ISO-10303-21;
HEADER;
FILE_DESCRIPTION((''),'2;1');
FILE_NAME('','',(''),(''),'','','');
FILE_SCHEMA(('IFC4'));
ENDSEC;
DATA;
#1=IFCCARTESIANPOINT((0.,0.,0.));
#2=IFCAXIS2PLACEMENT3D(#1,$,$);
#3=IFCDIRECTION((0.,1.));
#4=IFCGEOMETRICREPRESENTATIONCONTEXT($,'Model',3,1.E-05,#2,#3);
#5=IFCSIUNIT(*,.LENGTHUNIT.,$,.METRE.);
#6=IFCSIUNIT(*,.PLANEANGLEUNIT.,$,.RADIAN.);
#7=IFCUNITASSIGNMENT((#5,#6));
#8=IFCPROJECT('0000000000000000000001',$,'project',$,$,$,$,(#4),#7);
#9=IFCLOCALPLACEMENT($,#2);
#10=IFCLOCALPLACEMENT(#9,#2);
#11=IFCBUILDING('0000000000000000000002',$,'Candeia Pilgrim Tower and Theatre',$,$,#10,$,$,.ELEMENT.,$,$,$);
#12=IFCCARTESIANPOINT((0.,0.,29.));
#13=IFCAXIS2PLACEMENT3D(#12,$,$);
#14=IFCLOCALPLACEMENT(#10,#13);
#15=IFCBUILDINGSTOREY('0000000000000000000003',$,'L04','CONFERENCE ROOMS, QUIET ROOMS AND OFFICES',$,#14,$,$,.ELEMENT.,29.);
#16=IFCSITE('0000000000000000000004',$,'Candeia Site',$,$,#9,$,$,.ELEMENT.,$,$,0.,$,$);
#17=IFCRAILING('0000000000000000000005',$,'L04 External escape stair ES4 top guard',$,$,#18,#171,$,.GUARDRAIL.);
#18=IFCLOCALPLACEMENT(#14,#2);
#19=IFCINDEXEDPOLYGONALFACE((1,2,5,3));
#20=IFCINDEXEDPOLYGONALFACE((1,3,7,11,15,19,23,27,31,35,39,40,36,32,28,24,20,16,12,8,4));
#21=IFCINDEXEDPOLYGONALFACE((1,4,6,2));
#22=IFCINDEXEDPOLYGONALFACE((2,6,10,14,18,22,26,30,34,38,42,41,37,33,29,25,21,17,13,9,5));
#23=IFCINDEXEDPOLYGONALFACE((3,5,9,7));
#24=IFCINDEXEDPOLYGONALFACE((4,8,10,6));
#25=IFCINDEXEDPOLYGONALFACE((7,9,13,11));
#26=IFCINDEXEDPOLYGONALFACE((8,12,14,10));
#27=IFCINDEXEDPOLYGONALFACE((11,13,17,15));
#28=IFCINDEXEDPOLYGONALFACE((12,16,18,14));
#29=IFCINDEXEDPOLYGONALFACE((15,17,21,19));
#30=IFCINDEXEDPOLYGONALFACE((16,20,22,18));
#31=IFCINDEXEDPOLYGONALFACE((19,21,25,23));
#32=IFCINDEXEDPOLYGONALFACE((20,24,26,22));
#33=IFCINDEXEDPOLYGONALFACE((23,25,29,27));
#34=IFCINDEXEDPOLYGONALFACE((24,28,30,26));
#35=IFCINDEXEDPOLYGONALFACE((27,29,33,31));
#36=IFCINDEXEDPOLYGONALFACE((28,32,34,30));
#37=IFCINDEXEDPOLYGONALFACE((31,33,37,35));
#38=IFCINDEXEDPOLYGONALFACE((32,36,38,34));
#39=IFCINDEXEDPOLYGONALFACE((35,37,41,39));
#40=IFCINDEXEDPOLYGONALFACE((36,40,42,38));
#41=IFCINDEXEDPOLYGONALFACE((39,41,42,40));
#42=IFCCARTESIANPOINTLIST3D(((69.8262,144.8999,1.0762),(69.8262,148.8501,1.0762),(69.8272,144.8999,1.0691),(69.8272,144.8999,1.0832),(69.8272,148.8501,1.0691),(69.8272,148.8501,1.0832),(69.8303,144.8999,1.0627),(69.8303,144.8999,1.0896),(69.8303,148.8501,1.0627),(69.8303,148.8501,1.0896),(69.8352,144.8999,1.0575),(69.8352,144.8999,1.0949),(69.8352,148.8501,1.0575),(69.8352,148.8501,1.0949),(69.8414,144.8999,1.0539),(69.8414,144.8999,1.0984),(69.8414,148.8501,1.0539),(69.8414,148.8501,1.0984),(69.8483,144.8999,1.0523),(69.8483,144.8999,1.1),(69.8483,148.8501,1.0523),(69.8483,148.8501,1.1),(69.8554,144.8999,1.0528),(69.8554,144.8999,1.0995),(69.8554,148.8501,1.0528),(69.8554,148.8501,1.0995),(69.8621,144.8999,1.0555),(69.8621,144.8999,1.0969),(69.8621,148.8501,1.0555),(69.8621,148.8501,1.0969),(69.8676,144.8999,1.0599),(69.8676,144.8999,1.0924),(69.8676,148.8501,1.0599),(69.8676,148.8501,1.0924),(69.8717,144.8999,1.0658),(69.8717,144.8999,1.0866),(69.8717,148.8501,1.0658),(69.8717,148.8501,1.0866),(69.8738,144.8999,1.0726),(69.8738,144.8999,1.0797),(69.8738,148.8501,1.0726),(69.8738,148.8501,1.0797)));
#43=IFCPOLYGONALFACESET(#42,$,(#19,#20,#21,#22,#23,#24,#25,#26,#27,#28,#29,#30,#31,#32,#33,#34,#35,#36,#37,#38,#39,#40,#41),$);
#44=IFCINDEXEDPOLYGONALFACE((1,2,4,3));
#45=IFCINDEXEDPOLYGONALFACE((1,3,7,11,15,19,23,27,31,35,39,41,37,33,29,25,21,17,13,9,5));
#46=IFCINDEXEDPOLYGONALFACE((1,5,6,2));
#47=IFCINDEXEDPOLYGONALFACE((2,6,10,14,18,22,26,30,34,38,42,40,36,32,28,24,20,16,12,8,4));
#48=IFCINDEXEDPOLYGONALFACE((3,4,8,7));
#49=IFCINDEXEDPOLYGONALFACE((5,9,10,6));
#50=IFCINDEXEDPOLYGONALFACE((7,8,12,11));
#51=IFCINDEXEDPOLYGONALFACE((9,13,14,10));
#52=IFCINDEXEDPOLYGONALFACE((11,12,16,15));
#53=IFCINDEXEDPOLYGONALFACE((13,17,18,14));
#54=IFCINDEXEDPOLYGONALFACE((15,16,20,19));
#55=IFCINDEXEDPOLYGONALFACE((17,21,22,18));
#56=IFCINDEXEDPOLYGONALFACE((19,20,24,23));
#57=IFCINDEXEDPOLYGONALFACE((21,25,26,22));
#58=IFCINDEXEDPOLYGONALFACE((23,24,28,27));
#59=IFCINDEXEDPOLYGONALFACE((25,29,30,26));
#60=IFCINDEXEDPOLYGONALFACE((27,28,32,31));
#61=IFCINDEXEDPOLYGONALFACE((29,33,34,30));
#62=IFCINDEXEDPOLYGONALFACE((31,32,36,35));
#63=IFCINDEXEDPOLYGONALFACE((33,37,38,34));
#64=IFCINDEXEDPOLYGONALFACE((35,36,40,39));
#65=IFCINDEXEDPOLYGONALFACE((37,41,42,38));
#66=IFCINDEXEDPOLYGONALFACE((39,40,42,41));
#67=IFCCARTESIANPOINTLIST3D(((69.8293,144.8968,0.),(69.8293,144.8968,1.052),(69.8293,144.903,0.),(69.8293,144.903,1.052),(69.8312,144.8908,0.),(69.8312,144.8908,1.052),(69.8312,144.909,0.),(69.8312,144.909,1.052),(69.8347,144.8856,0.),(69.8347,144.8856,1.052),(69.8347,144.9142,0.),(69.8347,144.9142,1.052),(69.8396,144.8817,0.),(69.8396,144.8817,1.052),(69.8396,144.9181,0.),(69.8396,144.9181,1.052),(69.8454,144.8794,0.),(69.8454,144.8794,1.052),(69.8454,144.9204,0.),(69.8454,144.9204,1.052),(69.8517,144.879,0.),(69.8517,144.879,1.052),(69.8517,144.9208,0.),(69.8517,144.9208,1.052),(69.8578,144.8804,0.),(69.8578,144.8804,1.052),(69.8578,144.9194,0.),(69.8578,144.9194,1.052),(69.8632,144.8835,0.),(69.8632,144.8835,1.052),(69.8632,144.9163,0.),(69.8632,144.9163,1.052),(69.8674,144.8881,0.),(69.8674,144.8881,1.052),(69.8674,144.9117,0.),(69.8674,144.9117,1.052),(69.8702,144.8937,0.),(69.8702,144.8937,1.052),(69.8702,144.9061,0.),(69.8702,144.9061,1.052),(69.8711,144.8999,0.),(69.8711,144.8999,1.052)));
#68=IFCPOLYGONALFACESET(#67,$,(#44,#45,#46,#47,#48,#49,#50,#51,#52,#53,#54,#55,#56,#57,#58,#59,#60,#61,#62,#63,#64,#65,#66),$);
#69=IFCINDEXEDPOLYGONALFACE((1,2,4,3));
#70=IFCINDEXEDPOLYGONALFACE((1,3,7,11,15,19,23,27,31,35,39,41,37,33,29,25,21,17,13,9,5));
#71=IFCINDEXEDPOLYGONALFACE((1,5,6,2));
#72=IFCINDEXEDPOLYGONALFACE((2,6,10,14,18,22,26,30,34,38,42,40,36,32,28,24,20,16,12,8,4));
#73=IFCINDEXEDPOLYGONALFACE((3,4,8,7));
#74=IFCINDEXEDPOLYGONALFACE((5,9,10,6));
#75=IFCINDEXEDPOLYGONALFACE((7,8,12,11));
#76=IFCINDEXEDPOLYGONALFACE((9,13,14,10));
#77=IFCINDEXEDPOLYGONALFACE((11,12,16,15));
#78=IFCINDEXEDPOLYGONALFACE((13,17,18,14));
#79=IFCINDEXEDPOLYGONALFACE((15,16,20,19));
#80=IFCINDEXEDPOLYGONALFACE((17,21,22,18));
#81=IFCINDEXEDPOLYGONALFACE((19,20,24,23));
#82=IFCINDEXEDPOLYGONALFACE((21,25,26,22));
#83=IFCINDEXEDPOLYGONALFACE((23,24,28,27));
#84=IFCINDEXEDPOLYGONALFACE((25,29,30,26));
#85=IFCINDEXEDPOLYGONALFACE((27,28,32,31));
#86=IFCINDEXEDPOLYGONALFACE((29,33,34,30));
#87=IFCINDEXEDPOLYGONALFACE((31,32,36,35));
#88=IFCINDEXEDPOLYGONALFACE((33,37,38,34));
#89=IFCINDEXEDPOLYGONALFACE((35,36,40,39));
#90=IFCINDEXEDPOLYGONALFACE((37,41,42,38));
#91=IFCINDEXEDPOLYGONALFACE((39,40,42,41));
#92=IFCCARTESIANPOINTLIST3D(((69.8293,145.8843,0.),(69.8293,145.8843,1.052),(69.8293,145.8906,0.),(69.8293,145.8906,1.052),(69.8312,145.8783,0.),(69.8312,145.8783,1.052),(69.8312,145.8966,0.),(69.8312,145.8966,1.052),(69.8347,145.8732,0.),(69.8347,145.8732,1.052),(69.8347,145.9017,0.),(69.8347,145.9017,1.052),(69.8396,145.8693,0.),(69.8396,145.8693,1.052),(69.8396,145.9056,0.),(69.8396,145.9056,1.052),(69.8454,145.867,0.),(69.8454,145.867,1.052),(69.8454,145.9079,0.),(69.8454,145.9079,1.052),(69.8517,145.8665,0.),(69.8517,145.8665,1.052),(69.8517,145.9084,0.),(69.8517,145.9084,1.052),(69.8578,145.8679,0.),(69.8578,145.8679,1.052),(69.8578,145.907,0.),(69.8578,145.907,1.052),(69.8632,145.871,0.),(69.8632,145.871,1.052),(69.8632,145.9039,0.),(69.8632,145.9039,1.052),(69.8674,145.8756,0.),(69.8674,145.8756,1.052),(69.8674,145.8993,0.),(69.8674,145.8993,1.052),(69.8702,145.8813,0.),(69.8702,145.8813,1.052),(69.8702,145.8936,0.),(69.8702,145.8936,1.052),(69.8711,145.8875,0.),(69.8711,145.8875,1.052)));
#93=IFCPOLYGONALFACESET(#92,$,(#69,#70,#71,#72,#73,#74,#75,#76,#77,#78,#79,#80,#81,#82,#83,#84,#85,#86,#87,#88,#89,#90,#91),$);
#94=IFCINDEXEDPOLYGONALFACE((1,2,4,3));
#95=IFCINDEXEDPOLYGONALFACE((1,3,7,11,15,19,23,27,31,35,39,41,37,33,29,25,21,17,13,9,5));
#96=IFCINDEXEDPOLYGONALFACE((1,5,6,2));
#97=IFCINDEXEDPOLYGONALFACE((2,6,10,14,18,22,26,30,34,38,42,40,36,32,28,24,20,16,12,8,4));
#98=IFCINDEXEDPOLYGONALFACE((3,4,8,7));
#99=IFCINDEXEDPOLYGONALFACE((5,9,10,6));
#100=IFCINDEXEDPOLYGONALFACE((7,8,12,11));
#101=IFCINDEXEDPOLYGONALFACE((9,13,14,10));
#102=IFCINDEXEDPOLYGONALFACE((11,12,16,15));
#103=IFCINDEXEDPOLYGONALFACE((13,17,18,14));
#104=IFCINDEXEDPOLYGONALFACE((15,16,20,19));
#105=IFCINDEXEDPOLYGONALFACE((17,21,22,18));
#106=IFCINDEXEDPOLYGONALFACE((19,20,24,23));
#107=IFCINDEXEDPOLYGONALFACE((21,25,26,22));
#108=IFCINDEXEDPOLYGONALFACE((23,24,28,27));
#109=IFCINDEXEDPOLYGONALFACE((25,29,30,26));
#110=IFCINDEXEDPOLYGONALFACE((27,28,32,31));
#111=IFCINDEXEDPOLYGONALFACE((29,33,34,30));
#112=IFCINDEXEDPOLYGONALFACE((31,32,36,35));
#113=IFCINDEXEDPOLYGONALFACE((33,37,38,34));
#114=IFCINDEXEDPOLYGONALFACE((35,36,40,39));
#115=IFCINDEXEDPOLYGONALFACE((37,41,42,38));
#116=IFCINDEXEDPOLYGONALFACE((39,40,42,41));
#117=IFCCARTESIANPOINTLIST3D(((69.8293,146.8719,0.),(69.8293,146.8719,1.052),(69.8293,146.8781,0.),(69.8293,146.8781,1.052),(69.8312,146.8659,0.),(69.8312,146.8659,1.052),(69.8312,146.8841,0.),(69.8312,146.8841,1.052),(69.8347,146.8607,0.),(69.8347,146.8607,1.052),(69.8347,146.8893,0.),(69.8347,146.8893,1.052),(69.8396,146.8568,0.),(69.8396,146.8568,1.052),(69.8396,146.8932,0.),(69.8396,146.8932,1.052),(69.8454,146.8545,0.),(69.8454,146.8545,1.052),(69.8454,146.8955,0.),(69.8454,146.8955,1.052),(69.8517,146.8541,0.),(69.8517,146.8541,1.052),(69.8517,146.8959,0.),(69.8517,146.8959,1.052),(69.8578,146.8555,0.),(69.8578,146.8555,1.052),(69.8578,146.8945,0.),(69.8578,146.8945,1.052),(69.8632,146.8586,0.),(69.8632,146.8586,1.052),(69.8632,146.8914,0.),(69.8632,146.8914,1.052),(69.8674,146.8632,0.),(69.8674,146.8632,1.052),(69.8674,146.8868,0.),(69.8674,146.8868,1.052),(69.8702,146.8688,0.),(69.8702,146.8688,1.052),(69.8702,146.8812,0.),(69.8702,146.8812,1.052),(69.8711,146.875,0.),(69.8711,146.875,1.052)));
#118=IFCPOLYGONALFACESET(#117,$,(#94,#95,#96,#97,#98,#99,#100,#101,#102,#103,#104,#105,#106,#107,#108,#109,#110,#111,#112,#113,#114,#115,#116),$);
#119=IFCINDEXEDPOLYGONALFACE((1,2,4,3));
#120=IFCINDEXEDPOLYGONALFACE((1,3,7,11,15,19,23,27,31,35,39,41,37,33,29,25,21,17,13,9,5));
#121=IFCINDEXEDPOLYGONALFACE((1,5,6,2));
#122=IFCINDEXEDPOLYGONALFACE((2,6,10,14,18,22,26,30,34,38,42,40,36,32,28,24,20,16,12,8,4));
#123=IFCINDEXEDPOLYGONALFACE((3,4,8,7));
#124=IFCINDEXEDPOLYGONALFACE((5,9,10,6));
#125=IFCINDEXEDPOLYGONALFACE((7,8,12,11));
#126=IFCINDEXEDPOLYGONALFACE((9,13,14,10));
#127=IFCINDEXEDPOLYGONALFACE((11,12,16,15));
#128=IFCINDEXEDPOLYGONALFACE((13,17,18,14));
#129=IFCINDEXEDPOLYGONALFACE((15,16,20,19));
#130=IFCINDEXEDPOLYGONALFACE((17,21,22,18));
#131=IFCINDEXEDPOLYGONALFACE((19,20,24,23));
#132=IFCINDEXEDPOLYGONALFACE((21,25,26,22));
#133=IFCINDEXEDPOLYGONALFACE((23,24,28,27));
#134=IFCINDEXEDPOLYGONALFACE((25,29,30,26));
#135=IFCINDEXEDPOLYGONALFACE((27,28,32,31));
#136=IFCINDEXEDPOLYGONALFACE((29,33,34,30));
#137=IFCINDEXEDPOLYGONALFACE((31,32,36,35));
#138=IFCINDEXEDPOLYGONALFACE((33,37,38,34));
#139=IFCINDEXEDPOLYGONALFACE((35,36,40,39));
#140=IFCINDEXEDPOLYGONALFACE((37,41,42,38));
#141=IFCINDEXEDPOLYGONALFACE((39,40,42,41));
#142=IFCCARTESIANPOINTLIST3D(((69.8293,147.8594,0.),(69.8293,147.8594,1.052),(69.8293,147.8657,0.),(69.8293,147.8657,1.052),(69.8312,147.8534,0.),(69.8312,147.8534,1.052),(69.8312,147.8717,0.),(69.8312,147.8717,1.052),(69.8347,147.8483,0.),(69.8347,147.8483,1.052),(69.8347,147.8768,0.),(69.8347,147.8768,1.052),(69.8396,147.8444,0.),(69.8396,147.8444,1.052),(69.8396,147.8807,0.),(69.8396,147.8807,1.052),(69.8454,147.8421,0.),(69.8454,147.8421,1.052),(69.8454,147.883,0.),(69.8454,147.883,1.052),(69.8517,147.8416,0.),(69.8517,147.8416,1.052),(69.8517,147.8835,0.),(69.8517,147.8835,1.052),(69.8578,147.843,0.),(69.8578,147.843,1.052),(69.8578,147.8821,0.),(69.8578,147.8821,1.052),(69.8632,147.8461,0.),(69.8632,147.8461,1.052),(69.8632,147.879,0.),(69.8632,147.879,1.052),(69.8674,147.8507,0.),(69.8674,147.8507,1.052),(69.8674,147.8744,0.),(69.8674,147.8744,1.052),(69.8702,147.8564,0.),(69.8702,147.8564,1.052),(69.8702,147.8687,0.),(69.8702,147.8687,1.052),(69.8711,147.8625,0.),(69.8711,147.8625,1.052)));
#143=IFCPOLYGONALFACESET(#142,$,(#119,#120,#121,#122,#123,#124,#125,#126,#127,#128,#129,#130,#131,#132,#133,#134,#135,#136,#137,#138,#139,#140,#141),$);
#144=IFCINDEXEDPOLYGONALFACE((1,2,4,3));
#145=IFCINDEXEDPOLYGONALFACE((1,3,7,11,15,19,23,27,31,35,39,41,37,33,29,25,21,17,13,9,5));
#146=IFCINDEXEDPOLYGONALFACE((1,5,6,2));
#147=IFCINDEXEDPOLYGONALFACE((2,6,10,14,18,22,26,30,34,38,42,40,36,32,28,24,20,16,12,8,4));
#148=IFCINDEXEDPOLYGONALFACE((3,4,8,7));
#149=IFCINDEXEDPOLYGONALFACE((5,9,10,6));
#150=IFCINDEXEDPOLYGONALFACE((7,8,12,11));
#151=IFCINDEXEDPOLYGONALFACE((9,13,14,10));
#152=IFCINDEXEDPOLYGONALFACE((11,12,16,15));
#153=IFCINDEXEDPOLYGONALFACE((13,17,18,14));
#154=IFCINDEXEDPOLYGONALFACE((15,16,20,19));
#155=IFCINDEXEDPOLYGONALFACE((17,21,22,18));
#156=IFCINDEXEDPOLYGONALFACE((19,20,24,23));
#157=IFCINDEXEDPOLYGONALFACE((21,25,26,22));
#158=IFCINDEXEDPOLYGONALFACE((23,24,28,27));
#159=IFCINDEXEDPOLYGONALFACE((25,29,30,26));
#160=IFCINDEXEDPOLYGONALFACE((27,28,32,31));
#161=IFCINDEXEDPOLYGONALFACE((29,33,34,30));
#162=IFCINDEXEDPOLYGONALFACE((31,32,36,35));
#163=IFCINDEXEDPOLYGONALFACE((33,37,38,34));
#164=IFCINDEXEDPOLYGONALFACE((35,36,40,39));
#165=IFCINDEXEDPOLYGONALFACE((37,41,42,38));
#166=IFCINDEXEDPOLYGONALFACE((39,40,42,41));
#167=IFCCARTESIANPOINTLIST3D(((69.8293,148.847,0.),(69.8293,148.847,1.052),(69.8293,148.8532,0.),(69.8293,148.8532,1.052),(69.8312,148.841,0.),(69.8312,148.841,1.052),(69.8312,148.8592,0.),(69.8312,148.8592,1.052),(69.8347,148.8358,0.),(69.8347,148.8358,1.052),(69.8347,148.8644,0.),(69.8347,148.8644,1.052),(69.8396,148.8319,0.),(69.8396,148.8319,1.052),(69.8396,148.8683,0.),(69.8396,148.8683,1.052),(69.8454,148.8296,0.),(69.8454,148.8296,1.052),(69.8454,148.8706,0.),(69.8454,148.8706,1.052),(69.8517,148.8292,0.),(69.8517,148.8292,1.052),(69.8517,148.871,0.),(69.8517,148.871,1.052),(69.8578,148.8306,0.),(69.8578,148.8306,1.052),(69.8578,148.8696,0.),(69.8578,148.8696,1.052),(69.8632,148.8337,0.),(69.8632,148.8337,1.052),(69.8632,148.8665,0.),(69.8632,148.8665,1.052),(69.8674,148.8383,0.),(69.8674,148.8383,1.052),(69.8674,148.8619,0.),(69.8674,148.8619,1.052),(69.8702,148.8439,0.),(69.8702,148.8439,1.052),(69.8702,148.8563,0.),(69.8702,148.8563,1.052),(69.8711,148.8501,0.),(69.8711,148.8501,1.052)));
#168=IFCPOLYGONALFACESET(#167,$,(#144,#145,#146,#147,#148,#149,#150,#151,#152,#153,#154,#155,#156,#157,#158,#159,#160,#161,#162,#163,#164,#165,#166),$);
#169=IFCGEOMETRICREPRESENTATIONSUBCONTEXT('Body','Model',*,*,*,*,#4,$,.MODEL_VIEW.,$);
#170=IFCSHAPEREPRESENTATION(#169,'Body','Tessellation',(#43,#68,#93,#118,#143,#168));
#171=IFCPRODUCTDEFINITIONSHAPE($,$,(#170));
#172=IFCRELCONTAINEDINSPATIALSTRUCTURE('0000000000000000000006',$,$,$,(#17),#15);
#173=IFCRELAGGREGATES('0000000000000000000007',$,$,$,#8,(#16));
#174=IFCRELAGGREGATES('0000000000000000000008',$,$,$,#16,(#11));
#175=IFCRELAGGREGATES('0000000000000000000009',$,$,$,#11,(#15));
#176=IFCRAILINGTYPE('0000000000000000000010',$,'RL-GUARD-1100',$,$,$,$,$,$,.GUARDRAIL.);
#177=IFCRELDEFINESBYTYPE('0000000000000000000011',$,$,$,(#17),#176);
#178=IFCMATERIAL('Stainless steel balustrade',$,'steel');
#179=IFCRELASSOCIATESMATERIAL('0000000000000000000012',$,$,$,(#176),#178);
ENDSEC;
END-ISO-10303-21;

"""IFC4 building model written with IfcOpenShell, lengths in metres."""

from ifc_helpers import new_model, si_unit, direction, frame, origin, origin_2d, place, context, subcontext, project, spatial, circle, extrude, material, type_object, element, save


model = new_model("IFC4")

# Units and contexts
model_context = context("Model", 3, precision=1e-05, world=origin(), true_north=direction((0.0, 1.0)))
body_context = subcontext(model_context, "Body", "Model", "MODEL_VIEW")
ifc_project = project(units=[si_unit("LENGTHUNIT", "METRE"), si_unit("PLANEANGLEUNIT", "RADIAN")], contexts=[model_context])

# Site, building, storey
site_placement = place(None, origin())
site = spatial("IfcSite", under=ifc_project, at=site_placement, Name="Candeia Site", CompositionType="ELEMENT", RefElevation=0.0)
building_placement = place(site_placement, origin())
building = spatial("IfcBuilding", under=site, at=building_placement, Name="Candeia Pilgrim Tower and Theatre", CompositionType="ELEMENT")
storey_placement = place(building_placement, frame((0.0, 0.0, 29.0)))
storey = spatial("IfcBuildingStorey", under=building, at=storey_placement, Name="L04", Description="CONFERENCE ROOMS, QUIET ROOMS AND OFFICES", CompositionType="ELEMENT", Elevation=29.0)

# Railing
ifc_material_1 = material(Name="Stainless steel balustrade", Category="steel")
railing_type_1 = type_object("IfcRailingType", Name="RL-GUARD-1100", PredefinedType="GUARDRAIL", material=ifc_material_1)
railing_1_placement = place(storey_placement, frame((69.8501, 144.8999, 0.0)))
element("IfcRailing", 1, at=railing_1_placement, inside=storey, type_object=railing_type_1, Name="L04 External escape stair ES4 top guard", PredefinedType="GUARDRAIL", context=body_context, shape_type="SweptSolid", body=[
    extrude(circle(Radius=0.0239, at=origin_2d()), frame((0.0, 0.0, 1.0762), z_axis=(0.0, 1.0, 0.0), x_axis=(-1.0, 0.0, 0.0)), (0.0, 0.0, 1.0), 3.9502),
    extrude(circle(Radius=0.021, at=origin_2d()), origin(), (0.0, 0.0, 1.0), 1.052),
    extrude(circle(Radius=0.021, at=origin_2d()), frame((0.0, 0.9875, 0.0)), (0.0, 0.0, 1.0), 1.052),
    extrude(circle(Radius=0.021, at=origin_2d()), frame((0.0, 1.9751, 0.0)), (0.0, 0.0, 1.0), 1.052),
    extrude(circle(Radius=0.021, at=origin_2d()), frame((0.0, 2.9626, 0.0)), (0.0, 0.0, 1.0), 1.052),
    extrude(circle(Radius=0.021, at=origin_2d()), frame((0.0, 3.9502, 0.0)), (0.0, 0.0, 1.0), 1.052),
])

save(model, "model.ifc")
